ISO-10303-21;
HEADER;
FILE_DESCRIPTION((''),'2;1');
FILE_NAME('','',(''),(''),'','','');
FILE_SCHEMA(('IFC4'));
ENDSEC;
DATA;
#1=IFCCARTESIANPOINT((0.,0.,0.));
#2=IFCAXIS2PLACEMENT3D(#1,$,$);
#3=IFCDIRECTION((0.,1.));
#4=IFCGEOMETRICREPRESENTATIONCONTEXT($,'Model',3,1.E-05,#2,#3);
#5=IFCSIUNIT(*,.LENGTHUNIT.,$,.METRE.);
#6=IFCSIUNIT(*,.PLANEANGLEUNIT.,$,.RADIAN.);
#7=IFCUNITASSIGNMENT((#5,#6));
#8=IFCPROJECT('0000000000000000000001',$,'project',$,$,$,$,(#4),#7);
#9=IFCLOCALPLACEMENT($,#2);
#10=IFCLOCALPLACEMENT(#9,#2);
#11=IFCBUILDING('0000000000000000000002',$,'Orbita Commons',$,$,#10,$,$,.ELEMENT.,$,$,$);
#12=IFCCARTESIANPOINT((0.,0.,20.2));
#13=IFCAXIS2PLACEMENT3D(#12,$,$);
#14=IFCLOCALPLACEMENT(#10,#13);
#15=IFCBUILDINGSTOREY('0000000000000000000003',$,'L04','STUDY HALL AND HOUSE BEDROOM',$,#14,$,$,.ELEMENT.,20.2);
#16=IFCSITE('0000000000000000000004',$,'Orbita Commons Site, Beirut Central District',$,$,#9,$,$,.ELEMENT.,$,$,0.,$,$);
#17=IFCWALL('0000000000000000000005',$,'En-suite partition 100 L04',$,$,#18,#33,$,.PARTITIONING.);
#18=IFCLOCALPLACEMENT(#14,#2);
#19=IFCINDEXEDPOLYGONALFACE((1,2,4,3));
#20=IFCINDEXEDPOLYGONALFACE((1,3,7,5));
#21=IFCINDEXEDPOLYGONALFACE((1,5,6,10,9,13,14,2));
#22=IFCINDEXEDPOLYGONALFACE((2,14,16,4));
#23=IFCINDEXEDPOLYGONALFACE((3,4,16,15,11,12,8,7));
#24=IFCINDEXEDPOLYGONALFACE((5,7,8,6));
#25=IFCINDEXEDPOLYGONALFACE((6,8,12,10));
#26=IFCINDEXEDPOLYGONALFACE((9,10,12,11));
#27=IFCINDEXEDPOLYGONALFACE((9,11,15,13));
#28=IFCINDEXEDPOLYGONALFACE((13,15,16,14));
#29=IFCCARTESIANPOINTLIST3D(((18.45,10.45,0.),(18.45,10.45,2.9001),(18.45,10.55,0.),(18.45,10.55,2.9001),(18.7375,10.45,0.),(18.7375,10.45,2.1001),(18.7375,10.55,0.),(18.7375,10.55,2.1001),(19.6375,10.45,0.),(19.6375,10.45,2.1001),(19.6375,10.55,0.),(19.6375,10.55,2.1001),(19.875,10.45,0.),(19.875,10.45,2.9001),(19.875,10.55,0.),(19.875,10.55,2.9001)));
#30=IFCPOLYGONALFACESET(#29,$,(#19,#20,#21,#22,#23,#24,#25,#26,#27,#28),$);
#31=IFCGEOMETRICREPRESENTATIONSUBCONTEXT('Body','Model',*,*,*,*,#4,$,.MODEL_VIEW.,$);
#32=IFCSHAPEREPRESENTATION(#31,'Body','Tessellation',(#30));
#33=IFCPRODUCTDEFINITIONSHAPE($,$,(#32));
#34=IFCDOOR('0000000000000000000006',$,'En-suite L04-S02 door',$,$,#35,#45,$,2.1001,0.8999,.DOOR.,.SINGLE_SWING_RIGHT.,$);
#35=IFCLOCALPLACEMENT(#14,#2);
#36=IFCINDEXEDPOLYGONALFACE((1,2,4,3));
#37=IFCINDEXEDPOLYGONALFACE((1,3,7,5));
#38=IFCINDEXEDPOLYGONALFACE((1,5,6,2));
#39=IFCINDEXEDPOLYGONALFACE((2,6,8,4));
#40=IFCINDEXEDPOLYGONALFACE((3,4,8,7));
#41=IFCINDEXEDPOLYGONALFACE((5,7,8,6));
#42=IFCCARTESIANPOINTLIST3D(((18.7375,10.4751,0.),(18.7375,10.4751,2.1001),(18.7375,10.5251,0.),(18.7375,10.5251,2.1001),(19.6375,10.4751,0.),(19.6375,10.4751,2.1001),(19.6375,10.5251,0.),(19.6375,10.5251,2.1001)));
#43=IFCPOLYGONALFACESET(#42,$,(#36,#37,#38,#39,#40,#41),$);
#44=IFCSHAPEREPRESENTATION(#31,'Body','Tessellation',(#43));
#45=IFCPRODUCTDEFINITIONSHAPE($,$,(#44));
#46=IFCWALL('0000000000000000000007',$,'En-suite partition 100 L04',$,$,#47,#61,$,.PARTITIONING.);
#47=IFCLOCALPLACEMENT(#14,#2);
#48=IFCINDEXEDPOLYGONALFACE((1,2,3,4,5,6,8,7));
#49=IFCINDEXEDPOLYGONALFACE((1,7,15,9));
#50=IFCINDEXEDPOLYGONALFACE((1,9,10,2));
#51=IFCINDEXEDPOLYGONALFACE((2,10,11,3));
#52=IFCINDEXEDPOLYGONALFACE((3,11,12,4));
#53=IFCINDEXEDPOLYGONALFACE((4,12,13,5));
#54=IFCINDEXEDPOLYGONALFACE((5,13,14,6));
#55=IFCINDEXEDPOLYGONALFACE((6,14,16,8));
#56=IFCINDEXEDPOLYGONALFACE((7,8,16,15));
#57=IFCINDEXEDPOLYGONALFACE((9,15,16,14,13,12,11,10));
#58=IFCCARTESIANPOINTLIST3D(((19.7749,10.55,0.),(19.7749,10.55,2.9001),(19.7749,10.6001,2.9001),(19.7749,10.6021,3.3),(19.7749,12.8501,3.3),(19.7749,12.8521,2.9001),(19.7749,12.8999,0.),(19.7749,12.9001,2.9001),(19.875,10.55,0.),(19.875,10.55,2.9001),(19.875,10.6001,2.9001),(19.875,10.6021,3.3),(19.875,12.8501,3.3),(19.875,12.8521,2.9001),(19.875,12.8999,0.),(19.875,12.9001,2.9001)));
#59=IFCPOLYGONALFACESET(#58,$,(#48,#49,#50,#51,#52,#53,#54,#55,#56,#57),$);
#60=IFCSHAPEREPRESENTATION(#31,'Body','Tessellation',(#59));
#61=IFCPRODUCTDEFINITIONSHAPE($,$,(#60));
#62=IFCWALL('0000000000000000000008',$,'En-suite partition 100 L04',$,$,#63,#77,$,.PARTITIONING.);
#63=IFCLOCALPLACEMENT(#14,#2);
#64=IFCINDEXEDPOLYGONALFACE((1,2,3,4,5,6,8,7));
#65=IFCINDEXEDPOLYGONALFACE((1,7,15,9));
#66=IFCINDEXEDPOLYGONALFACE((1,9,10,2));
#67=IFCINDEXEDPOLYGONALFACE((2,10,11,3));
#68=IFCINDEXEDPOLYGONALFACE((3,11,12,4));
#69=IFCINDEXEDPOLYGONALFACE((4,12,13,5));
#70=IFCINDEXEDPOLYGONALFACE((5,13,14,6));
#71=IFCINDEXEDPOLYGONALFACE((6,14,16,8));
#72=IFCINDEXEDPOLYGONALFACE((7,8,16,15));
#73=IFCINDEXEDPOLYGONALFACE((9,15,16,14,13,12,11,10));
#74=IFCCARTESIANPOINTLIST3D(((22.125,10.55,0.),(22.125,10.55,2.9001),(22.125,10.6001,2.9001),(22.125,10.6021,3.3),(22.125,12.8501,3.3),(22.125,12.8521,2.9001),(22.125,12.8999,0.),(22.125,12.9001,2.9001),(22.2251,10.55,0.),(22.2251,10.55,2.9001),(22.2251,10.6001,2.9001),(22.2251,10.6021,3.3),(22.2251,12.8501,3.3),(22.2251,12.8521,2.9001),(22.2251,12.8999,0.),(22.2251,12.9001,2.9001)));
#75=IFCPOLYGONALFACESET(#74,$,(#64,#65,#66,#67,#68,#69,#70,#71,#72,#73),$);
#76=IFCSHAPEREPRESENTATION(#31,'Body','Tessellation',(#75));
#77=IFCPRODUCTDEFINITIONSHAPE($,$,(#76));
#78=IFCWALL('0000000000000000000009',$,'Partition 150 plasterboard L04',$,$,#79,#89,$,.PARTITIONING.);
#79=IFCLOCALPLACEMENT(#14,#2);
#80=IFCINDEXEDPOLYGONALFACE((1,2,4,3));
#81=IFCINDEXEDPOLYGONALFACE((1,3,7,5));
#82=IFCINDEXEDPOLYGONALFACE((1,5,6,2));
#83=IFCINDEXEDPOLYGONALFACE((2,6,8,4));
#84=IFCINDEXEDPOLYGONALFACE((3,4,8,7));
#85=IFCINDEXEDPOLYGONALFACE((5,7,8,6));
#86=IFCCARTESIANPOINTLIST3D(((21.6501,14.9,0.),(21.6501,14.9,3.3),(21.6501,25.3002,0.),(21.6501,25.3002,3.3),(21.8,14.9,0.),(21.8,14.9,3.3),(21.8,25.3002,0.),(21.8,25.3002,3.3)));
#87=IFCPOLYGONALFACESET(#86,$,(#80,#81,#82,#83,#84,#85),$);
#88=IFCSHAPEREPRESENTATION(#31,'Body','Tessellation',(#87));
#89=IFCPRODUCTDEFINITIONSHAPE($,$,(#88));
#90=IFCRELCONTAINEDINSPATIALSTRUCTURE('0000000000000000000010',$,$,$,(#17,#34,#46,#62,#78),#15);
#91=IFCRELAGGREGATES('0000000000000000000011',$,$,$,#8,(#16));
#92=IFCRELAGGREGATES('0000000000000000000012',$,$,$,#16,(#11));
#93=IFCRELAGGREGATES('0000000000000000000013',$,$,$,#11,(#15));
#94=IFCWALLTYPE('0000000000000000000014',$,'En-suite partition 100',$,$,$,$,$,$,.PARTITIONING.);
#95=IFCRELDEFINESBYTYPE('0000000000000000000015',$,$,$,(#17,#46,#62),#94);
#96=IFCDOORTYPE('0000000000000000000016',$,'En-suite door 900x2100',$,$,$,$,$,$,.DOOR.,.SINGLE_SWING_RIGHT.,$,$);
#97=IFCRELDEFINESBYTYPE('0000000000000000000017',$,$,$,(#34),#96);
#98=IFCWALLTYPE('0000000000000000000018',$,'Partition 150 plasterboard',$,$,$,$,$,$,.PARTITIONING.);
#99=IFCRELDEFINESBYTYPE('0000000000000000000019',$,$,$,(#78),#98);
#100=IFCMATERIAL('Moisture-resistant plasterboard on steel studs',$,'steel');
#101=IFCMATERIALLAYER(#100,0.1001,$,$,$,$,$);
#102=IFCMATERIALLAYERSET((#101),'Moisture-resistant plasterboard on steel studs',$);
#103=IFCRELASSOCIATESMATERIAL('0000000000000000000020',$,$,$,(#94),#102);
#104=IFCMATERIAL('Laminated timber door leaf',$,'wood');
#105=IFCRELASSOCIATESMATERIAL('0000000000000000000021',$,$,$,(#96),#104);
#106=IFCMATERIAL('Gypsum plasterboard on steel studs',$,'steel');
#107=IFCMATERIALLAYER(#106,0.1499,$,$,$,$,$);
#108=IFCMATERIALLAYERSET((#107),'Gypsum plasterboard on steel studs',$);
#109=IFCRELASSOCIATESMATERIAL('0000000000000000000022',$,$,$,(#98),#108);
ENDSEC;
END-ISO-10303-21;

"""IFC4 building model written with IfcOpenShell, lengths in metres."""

from ifc_helpers import new_model, si_unit, direction, frame, frame_2d, origin, place, context, subcontext, project, spatial, polyline, rectangle, outline, extrude, material, layer, layer_set, type_object, element, fill, save


model = new_model("IFC4")

# Units and contexts
model_context = context("Model", 3, precision=1e-05, world=origin(), true_north=direction((0.0, 1.0)))
body_context = subcontext(model_context, "Body", "Model", "MODEL_VIEW")
ifc_project = project(units=[si_unit("LENGTHUNIT", "METRE"), si_unit("PLANEANGLEUNIT", "RADIAN")], contexts=[model_context])

# Site, building, storey
site_placement = place(None, origin())
site = spatial("IfcSite", under=ifc_project, at=site_placement, Name="Orbita Commons Site, Beirut Central District", CompositionType="ELEMENT", RefElevation=0.0)
building_placement = place(site_placement, origin())
building = spatial("IfcBuilding", under=site, at=building_placement, Name="Orbita Commons", CompositionType="ELEMENT")
storey_placement = place(building_placement, frame((0.0, 0.0, 20.2)))
storey = spatial("IfcBuildingStorey", under=building, at=storey_placement, Name="L04", Description="STUDY HALL AND HOUSE BEDROOM", CompositionType="ELEMENT", Elevation=20.2)

# Wall, opening, door
ifc_material_1 = material(Name="Moisture-resistant plasterboard on steel studs", Category="steel")
ifc_layer_1 = layer(ifc_material_1, 0.1001)
ifc_layer_set_1 = layer_set([ifc_layer_1], Name="Moisture-resistant plasterboard on steel studs")
wall_type_1 = type_object("IfcWallType", Name="En-suite partition 100", PredefinedType="PARTITIONING", material=ifc_layer_set_1)
ifc_material_2 = material(Name="Laminated timber door leaf", Category="wood")
door_type_1 = type_object("IfcDoorType", Name="En-suite door 900x2100", OperationType="SINGLE_SWING_RIGHT", PredefinedType="DOOR", material=ifc_material_2)
wall_1_placement = place(storey_placement, frame((19.875, 10.5, 0.0), z_axis=(0.0, 0.0, 1.0), x_axis=(-1.0, 0.0, 0.0)))
wall_1 = element("IfcWall", 1, at=wall_1_placement, inside=storey, type_object=wall_type_1, Name="En-suite partition 100 L04", PredefinedType="PARTITIONING", context=body_context, shape_type="SweptSolid", body=[
    extrude(outline(polyline([(0.0, 0.0), (1.425, 0.0), (1.425, 2.9001), (0.0, 2.9001), (0.0, 0.0)])), frame((0.0, 0.05, 0.0), z_axis=(0.0, -1.0, 0.0), x_axis=(1.0, 0.0, 0.0)), (0.0, 0.0, 1.0), 0.1001),
])
opening_1_placement = place(wall_1_placement, frame((0.2375, 0.0, 0.0)))
opening_1 = element("IfcOpeningElement", 2, at=opening_1_placement, cuts=wall_1, PredefinedType="OPENING", context=body_context, shape_type="SweptSolid", body=[
    extrude(rectangle(XDim=0.8999, YDim=2.1001, at=frame_2d((0.45, 1.05))), frame((0.0, 0.0601, 0.0), z_axis=(0.0, -1.0, 0.0), x_axis=(1.0, 0.0, 0.0)), (0.0, 0.0, 1.0), 0.1201),
])
door_1_placement = place(opening_1_placement, origin())
door_1 = element("IfcDoor", 3, at=door_1_placement, inside=storey, type_object=door_type_1, Name="En-suite L04-S02 door", OperationType="SINGLE_SWING_RIGHT", OverallHeight=2.1001, OverallWidth=0.8999, PredefinedType="DOOR", context=body_context, shape_type="SweptSolid", body=[
    extrude(rectangle(XDim=0.8999, YDim=2.1001, at=frame_2d((0.45, 1.05))), frame((0.0, 0.0249, 0.0), z_axis=(0.0, -1.0, 0.0), x_axis=(1.0, 0.0, 0.0)), (0.0, 0.0, 1.0), 0.05),
])
fill(opening_1, door_1)

# Walls
for number, where, z_axis, x_axis, name in (
    (4, (19.825, 10.55, 0.0), (0.0, 0.0, 1.0), (0.0, 1.0, 0.0), "En-suite partition 100 L04"),
    (5, (22.175, 10.55, 0.0), (0.0, 0.0, 1.0), (0.0, 1.0, 0.0), "En-suite partition 100 L04"),
):
    element("IfcWall", number, at=place(storey_placement, frame(where, z_axis=z_axis, x_axis=x_axis)), inside=storey, type_object=wall_type_1, Name=name, PredefinedType="PARTITIONING", context=body_context, shape_type="SweptSolid", body=[
        extrude(outline(polyline([(0.0, 0.0), (2.3499, 0.0), (2.3501, 2.9001), (2.302, 2.9001), (2.3, 3.3), (0.052, 3.3), (0.05, 2.9001), (0.0, 2.9001), (0.0, 0.0)])), frame((0.0, 0.05, 0.0), z_axis=(0.0, -1.0, 0.0), x_axis=(1.0, 0.0, 0.0)), (0.0, 0.0, 1.0), 0.1001),
    ])
ifc_material_3 = material(Name="Gypsum plasterboard on steel studs", Category="steel")
ifc_layer_2 = layer(ifc_material_3, 0.1499)
ifc_layer_set_2 = layer_set([ifc_layer_2], Name="Gypsum plasterboard on steel studs")
wall_type_2 = type_object("IfcWallType", Name="Partition 150 plasterboard", PredefinedType="PARTITIONING", material=ifc_layer_set_2)
wall_2_placement = place(storey_placement, frame((21.7251, 14.8999, 0.0), z_axis=(0.0, 0.0, 1.0), x_axis=(0.0, 1.0, 0.0)))
element("IfcWall", 6, at=wall_2_placement, inside=storey, type_object=wall_type_2, Name="Partition 150 plasterboard L04", PredefinedType="PARTITIONING", context=body_context, shape_type="SweptSolid", body=[
    extrude(rectangle(XDim=10.4001, YDim=0.1499, at=frame_2d((5.2002, 0.0))), origin(), (0.0, 0.0, 1.0), 3.3),
])

save(model, "model.ifc")
